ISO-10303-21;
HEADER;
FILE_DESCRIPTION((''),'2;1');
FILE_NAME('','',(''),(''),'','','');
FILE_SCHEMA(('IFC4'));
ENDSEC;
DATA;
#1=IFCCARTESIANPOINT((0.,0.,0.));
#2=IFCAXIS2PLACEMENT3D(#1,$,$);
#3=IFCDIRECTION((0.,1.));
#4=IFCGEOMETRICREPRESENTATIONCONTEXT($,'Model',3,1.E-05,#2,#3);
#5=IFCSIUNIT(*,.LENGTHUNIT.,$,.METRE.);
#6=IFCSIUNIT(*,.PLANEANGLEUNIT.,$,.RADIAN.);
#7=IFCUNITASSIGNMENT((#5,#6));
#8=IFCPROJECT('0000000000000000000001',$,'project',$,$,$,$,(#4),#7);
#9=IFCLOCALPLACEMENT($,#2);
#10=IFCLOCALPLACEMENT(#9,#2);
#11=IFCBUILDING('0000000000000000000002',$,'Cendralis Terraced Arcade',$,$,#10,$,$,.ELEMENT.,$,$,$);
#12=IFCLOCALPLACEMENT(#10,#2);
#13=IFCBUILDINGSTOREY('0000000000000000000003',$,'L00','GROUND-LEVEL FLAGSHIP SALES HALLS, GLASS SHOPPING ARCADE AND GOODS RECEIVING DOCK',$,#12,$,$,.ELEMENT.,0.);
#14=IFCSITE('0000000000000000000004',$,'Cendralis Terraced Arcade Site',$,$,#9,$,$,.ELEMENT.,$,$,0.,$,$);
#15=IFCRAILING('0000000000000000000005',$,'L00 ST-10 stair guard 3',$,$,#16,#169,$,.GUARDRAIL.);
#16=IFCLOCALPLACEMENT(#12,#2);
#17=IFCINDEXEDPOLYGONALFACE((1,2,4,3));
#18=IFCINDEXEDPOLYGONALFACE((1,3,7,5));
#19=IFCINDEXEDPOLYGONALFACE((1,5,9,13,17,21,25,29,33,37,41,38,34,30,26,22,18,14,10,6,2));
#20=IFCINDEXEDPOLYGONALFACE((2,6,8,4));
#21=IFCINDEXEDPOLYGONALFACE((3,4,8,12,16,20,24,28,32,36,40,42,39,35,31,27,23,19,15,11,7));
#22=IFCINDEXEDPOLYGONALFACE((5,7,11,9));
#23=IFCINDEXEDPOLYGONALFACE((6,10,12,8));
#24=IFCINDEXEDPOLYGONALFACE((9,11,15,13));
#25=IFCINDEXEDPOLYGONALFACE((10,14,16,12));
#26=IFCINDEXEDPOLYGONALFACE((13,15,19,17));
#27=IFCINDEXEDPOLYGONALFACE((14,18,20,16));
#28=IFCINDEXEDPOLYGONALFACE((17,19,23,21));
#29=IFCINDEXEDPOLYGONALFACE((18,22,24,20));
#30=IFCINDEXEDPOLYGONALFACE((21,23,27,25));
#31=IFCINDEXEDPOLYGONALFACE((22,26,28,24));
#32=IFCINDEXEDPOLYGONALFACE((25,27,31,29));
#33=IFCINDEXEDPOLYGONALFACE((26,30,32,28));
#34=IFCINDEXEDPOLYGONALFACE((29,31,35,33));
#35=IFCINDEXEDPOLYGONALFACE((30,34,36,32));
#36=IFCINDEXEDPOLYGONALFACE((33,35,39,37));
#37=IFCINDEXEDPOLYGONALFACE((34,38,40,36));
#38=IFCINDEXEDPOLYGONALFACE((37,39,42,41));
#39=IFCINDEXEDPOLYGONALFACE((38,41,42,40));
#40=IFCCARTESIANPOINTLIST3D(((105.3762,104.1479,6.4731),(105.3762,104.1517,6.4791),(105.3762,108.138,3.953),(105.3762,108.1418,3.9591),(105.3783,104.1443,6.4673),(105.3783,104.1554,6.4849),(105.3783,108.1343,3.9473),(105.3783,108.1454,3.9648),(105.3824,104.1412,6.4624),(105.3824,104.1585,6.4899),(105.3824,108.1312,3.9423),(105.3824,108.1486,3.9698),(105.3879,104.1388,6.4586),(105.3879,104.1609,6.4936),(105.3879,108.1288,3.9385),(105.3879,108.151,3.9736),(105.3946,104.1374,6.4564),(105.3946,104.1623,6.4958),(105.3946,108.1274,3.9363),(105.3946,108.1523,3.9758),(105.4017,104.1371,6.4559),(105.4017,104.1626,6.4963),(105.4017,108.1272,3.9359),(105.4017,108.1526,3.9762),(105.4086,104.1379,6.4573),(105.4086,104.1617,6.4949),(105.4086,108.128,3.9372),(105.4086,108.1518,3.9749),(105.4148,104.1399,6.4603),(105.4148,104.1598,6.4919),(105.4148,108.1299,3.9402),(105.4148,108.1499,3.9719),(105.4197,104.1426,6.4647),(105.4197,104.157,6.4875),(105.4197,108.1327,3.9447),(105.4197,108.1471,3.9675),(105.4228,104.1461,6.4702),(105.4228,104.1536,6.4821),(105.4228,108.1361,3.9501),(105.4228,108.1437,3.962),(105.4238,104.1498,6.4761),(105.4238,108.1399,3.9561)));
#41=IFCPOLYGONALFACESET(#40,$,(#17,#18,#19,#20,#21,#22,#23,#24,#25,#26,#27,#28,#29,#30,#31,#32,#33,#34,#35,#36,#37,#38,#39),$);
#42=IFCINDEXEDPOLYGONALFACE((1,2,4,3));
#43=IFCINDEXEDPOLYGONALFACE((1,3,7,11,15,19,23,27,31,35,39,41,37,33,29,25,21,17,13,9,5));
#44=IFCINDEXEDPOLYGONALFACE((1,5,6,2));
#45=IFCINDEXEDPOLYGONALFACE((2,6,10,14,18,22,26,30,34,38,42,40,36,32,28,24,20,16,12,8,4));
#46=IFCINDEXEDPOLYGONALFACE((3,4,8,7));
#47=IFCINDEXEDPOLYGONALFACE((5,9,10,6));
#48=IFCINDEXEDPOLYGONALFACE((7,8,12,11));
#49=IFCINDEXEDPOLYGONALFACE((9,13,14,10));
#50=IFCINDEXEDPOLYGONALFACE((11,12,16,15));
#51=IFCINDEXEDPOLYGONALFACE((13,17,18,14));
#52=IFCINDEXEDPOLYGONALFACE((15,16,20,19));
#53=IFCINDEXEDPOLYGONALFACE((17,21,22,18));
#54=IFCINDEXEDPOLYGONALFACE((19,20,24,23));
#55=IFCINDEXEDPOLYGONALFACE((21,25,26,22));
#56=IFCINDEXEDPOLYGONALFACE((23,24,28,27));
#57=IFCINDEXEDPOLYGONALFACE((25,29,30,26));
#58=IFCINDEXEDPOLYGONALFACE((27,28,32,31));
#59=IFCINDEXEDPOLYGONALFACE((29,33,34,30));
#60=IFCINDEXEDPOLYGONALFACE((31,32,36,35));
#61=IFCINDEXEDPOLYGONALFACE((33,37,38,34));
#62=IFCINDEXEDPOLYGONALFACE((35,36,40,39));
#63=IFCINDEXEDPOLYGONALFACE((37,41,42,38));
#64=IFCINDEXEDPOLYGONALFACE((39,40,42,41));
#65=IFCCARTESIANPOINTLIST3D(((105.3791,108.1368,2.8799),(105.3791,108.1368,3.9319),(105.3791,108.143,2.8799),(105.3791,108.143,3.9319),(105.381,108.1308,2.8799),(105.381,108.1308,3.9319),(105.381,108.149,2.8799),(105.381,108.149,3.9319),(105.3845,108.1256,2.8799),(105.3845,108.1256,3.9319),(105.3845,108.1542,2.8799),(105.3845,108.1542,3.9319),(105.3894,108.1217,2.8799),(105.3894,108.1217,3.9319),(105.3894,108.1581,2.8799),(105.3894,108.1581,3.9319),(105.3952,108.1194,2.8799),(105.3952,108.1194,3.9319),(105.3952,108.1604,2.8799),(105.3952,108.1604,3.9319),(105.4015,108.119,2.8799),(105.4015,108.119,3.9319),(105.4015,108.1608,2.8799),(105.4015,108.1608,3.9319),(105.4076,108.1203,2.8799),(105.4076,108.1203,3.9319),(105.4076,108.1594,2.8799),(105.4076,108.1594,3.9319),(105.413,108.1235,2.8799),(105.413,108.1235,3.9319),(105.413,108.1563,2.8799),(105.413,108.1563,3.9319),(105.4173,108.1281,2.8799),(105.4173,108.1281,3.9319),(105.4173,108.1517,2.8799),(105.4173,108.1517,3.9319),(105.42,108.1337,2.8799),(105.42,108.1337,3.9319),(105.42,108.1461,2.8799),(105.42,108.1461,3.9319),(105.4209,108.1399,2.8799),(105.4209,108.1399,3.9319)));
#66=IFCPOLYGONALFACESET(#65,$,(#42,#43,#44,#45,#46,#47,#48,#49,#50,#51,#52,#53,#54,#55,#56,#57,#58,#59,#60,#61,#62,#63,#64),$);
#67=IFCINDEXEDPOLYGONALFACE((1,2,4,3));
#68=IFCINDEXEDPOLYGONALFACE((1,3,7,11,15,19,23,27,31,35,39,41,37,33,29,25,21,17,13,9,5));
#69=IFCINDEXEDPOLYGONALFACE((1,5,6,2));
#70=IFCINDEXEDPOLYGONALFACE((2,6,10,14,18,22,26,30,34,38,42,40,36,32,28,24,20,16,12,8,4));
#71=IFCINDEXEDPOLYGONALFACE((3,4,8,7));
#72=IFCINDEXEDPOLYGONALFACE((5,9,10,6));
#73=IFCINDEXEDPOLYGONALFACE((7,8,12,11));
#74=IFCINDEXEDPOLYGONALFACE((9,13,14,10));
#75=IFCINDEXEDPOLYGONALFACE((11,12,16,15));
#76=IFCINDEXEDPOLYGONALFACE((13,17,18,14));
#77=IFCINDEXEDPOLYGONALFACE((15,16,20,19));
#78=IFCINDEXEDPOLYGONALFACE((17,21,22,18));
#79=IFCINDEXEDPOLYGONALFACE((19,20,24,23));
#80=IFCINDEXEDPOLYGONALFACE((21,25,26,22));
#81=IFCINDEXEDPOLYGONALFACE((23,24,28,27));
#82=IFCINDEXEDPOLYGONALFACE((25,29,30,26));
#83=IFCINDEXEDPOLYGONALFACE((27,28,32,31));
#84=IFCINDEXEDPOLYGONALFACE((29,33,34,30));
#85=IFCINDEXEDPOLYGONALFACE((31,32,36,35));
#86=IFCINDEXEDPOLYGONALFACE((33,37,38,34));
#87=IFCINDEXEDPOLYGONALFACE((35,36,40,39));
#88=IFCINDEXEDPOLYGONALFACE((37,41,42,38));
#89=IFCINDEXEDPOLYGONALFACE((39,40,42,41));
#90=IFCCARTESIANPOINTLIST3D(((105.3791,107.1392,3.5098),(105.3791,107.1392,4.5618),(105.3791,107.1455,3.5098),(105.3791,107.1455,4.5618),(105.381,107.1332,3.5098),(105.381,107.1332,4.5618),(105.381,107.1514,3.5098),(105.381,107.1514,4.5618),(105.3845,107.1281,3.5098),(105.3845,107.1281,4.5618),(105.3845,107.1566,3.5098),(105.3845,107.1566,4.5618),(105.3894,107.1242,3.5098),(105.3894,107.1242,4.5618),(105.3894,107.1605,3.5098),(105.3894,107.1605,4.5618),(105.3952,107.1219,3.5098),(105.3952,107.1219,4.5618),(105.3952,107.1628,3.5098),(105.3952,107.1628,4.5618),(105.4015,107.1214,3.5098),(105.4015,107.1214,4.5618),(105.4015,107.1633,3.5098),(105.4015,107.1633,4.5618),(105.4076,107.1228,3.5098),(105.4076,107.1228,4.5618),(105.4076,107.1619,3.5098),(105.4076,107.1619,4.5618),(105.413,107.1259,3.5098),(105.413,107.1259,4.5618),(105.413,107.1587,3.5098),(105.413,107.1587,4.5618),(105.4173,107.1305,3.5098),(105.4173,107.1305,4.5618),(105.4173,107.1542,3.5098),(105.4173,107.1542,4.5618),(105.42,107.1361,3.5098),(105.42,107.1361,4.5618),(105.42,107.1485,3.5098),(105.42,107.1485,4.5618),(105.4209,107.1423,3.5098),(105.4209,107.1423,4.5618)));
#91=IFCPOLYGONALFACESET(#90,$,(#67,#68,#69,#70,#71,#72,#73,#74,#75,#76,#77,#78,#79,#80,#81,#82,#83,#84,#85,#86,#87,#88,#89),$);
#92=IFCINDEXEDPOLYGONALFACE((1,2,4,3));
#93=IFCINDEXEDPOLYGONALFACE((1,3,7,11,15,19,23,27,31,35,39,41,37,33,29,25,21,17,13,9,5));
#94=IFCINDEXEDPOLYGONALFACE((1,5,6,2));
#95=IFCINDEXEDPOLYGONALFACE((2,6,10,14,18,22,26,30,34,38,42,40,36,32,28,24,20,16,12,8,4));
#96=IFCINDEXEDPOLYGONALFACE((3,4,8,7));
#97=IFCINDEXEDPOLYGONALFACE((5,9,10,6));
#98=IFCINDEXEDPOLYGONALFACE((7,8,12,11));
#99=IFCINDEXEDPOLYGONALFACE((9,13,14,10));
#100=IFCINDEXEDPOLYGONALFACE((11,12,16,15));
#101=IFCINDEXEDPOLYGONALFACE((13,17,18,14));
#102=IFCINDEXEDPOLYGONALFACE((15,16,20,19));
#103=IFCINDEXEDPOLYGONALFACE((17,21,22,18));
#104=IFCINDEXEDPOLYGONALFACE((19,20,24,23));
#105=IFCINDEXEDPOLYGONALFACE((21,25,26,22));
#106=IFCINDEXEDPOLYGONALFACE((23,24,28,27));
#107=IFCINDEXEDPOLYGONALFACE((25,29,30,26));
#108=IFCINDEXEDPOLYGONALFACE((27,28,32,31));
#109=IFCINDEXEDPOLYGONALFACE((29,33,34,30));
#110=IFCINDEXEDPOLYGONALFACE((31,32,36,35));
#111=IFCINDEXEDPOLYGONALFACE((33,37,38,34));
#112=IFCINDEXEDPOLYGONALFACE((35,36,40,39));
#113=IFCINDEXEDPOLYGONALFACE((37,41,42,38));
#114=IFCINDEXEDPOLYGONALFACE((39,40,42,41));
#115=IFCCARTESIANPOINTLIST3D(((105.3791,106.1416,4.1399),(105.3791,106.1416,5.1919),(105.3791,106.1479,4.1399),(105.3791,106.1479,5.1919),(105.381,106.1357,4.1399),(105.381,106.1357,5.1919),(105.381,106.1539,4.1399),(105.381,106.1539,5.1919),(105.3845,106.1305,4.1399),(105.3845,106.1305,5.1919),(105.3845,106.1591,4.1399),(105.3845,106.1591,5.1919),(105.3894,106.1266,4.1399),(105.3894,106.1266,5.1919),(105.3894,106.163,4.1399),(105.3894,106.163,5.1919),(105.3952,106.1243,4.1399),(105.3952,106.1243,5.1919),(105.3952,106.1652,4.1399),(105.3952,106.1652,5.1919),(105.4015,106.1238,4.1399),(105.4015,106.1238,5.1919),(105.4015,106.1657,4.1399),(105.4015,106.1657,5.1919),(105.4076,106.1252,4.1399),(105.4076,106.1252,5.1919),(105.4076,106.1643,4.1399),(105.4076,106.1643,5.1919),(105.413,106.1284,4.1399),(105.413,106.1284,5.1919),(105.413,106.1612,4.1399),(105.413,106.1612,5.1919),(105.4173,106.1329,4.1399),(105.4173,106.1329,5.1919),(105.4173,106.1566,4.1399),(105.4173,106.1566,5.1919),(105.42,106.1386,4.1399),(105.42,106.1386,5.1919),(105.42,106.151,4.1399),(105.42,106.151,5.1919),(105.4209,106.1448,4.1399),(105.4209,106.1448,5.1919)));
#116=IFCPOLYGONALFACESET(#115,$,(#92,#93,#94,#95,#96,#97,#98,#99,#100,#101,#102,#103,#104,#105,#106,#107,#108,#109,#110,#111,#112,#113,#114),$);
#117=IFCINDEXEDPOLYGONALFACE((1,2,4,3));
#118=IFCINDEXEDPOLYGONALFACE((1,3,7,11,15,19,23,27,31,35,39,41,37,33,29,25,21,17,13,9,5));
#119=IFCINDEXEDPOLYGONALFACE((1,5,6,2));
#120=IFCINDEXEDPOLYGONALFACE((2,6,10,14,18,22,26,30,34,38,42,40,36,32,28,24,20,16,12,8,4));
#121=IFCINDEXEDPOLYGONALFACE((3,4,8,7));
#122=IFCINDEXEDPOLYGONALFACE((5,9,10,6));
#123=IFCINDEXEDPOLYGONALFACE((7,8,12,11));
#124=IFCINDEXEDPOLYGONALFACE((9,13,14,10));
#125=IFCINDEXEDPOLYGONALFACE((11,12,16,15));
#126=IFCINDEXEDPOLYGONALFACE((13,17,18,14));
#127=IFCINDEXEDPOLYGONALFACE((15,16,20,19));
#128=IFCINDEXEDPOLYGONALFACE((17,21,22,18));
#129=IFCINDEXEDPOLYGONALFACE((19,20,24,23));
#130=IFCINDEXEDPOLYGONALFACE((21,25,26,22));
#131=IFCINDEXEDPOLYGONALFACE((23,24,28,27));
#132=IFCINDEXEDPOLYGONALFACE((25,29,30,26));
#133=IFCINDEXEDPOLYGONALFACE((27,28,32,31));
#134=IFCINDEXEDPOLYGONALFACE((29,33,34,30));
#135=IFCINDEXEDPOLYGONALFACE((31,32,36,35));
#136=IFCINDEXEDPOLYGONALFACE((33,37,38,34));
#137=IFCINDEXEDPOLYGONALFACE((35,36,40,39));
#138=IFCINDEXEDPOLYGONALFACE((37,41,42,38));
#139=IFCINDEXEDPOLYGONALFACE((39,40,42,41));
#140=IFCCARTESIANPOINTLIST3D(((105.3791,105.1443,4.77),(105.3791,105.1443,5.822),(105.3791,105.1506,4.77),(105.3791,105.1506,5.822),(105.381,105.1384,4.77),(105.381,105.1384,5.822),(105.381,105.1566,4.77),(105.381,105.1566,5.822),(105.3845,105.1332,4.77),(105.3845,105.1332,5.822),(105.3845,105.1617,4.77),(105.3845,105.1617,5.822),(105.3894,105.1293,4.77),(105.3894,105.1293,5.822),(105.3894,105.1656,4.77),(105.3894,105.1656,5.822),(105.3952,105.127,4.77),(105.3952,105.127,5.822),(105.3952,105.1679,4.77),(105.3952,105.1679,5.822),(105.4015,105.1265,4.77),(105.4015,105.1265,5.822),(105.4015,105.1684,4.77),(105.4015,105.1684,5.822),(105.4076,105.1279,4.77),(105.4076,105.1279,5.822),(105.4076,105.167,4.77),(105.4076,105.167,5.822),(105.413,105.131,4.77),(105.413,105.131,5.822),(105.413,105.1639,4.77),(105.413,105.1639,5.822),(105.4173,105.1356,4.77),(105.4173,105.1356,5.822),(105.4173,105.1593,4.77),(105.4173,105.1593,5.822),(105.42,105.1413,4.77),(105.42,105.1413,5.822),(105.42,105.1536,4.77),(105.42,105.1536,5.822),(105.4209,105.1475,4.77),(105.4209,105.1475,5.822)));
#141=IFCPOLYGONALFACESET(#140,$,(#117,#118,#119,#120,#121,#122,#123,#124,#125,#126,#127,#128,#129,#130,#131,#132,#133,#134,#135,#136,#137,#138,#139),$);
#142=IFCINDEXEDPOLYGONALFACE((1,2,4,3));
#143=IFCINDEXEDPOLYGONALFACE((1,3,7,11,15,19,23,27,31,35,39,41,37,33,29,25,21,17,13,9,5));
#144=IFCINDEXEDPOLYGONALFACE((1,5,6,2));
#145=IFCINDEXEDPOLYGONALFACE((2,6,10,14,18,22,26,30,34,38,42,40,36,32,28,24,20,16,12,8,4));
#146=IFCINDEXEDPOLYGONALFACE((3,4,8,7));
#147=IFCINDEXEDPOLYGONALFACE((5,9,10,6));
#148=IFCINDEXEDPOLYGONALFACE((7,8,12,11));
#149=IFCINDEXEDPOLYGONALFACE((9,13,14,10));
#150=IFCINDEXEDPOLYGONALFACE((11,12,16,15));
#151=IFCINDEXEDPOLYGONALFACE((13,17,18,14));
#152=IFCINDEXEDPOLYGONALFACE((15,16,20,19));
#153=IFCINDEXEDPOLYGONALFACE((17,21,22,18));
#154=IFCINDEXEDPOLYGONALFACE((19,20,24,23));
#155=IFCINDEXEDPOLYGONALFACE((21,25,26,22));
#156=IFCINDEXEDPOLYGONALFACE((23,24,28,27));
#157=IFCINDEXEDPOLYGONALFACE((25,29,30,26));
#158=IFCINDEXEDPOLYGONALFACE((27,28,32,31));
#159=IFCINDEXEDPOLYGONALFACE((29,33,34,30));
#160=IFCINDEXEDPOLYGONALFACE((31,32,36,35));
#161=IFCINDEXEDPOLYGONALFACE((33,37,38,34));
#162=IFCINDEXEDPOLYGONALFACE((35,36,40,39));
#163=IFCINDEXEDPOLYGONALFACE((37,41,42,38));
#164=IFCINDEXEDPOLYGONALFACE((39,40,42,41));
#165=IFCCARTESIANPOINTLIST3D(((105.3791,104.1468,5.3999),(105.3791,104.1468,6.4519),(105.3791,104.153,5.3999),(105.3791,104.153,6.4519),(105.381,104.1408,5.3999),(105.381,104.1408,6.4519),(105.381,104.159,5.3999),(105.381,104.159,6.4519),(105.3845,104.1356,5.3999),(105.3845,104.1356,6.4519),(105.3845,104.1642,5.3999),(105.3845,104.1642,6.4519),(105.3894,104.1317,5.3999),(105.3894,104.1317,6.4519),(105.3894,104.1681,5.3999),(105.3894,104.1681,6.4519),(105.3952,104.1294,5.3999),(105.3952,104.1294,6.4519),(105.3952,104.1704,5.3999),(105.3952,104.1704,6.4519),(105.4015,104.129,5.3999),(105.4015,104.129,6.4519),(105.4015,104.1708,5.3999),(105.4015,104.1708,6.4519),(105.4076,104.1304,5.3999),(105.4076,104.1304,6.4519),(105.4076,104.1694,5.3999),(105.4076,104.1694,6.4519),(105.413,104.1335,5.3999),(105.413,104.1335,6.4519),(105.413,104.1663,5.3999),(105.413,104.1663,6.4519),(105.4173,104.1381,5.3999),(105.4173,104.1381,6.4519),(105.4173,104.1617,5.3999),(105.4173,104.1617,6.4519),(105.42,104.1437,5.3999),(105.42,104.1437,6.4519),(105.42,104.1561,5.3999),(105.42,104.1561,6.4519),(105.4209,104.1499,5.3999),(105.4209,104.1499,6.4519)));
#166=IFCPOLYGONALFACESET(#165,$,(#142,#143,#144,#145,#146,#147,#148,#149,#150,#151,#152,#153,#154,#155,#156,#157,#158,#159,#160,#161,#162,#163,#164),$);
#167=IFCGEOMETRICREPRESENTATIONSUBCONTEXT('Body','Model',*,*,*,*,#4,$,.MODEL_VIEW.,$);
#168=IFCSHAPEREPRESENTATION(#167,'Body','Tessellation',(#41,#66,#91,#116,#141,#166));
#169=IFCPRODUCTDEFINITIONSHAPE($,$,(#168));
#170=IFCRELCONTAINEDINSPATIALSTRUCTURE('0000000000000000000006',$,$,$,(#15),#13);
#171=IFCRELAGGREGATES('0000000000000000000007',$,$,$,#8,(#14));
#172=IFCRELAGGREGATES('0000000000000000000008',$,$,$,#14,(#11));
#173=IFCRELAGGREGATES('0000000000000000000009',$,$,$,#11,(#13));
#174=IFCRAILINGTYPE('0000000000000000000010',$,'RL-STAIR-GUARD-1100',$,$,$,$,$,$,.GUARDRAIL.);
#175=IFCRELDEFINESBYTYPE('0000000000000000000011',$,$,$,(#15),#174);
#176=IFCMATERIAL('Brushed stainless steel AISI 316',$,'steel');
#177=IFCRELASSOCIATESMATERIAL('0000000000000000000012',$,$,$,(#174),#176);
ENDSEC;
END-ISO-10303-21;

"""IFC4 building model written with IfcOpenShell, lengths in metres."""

from ifc_helpers import new_model, si_unit, direction, frame, origin, origin_2d, place, context, subcontext, project, spatial, circle, extrude, material, type_object, element, save


model = new_model("IFC4")

# Units and contexts
model_context = context("Model", 3, precision=1e-05, world=origin(), true_north=direction((0.0, 1.0)))
body_context = subcontext(model_context, "Body", "Model", "MODEL_VIEW")
ifc_project = project(units=[si_unit("LENGTHUNIT", "METRE"), si_unit("PLANEANGLEUNIT", "RADIAN")], contexts=[model_context])

# Site, building, storey
site_placement = place(None, origin())
site = spatial("IfcSite", under=ifc_project, at=site_placement, Name="Cendralis Terraced Arcade Site", CompositionType="ELEMENT", RefElevation=0.0)
building_placement = place(site_placement, origin())
building = spatial("IfcBuilding", under=site, at=building_placement, Name="Cendralis Terraced Arcade", CompositionType="ELEMENT")
storey_placement = place(building_placement, origin())
storey = spatial("IfcBuildingStorey", under=building, at=storey_placement, Name="L00", Description="GROUND-LEVEL FLAGSHIP SALES HALLS, GLASS SHOPPING ARCADE AND GOODS RECEIVING DOCK", CompositionType="ELEMENT", Elevation=0.0)

# Railing
ifc_material_1 = material(Name="Brushed stainless steel AISI 316", Category="steel")
railing_type_1 = type_object("IfcRailingType", Name="RL-STAIR-GUARD-1100", PredefinedType="GUARDRAIL", material=ifc_material_1)
railing_1_placement = place(storey_placement, frame((105.3999, 108.1399, 2.8799)))
element("IfcRailing", 1, at=railing_1_placement, inside=storey, type_object=railing_type_1, Name="L00 ST-10 stair guard 3", PredefinedType="GUARDRAIL", context=body_context, shape_type="SweptSolid", body=[
    extrude(circle(Radius=0.0239, at=origin_2d()), frame((0.0, 0.0, 1.0762), z_axis=(0.0, -0.845486, 0.533997), x_axis=(1.0, 0.0, 0.0)), (0.0, 0.0, 1.0), 4.7192),
    extrude(circle(Radius=0.021, at=origin_2d()), origin(), (0.0, 0.0, 1.0), 1.052),
    extrude(circle(Radius=0.021, at=origin_2d()), frame((0.0, -0.9976, 0.6299)), (0.0, 0.0, 1.0), 1.052),
    extrude(circle(Radius=0.021, at=origin_2d()), frame((0.0, -1.9951, 1.26)), (0.0, 0.0, 1.0), 1.052),
    extrude(circle(Radius=0.021, at=origin_2d()), frame((0.0, -2.9924, 1.8901)), (0.0, 0.0, 1.0), 1.052),
    extrude(circle(Radius=0.021, at=origin_2d()), frame((0.0, -3.99, 2.52)), (0.0, 0.0, 1.0), 1.052),
])

save(model, "model.ifc")
